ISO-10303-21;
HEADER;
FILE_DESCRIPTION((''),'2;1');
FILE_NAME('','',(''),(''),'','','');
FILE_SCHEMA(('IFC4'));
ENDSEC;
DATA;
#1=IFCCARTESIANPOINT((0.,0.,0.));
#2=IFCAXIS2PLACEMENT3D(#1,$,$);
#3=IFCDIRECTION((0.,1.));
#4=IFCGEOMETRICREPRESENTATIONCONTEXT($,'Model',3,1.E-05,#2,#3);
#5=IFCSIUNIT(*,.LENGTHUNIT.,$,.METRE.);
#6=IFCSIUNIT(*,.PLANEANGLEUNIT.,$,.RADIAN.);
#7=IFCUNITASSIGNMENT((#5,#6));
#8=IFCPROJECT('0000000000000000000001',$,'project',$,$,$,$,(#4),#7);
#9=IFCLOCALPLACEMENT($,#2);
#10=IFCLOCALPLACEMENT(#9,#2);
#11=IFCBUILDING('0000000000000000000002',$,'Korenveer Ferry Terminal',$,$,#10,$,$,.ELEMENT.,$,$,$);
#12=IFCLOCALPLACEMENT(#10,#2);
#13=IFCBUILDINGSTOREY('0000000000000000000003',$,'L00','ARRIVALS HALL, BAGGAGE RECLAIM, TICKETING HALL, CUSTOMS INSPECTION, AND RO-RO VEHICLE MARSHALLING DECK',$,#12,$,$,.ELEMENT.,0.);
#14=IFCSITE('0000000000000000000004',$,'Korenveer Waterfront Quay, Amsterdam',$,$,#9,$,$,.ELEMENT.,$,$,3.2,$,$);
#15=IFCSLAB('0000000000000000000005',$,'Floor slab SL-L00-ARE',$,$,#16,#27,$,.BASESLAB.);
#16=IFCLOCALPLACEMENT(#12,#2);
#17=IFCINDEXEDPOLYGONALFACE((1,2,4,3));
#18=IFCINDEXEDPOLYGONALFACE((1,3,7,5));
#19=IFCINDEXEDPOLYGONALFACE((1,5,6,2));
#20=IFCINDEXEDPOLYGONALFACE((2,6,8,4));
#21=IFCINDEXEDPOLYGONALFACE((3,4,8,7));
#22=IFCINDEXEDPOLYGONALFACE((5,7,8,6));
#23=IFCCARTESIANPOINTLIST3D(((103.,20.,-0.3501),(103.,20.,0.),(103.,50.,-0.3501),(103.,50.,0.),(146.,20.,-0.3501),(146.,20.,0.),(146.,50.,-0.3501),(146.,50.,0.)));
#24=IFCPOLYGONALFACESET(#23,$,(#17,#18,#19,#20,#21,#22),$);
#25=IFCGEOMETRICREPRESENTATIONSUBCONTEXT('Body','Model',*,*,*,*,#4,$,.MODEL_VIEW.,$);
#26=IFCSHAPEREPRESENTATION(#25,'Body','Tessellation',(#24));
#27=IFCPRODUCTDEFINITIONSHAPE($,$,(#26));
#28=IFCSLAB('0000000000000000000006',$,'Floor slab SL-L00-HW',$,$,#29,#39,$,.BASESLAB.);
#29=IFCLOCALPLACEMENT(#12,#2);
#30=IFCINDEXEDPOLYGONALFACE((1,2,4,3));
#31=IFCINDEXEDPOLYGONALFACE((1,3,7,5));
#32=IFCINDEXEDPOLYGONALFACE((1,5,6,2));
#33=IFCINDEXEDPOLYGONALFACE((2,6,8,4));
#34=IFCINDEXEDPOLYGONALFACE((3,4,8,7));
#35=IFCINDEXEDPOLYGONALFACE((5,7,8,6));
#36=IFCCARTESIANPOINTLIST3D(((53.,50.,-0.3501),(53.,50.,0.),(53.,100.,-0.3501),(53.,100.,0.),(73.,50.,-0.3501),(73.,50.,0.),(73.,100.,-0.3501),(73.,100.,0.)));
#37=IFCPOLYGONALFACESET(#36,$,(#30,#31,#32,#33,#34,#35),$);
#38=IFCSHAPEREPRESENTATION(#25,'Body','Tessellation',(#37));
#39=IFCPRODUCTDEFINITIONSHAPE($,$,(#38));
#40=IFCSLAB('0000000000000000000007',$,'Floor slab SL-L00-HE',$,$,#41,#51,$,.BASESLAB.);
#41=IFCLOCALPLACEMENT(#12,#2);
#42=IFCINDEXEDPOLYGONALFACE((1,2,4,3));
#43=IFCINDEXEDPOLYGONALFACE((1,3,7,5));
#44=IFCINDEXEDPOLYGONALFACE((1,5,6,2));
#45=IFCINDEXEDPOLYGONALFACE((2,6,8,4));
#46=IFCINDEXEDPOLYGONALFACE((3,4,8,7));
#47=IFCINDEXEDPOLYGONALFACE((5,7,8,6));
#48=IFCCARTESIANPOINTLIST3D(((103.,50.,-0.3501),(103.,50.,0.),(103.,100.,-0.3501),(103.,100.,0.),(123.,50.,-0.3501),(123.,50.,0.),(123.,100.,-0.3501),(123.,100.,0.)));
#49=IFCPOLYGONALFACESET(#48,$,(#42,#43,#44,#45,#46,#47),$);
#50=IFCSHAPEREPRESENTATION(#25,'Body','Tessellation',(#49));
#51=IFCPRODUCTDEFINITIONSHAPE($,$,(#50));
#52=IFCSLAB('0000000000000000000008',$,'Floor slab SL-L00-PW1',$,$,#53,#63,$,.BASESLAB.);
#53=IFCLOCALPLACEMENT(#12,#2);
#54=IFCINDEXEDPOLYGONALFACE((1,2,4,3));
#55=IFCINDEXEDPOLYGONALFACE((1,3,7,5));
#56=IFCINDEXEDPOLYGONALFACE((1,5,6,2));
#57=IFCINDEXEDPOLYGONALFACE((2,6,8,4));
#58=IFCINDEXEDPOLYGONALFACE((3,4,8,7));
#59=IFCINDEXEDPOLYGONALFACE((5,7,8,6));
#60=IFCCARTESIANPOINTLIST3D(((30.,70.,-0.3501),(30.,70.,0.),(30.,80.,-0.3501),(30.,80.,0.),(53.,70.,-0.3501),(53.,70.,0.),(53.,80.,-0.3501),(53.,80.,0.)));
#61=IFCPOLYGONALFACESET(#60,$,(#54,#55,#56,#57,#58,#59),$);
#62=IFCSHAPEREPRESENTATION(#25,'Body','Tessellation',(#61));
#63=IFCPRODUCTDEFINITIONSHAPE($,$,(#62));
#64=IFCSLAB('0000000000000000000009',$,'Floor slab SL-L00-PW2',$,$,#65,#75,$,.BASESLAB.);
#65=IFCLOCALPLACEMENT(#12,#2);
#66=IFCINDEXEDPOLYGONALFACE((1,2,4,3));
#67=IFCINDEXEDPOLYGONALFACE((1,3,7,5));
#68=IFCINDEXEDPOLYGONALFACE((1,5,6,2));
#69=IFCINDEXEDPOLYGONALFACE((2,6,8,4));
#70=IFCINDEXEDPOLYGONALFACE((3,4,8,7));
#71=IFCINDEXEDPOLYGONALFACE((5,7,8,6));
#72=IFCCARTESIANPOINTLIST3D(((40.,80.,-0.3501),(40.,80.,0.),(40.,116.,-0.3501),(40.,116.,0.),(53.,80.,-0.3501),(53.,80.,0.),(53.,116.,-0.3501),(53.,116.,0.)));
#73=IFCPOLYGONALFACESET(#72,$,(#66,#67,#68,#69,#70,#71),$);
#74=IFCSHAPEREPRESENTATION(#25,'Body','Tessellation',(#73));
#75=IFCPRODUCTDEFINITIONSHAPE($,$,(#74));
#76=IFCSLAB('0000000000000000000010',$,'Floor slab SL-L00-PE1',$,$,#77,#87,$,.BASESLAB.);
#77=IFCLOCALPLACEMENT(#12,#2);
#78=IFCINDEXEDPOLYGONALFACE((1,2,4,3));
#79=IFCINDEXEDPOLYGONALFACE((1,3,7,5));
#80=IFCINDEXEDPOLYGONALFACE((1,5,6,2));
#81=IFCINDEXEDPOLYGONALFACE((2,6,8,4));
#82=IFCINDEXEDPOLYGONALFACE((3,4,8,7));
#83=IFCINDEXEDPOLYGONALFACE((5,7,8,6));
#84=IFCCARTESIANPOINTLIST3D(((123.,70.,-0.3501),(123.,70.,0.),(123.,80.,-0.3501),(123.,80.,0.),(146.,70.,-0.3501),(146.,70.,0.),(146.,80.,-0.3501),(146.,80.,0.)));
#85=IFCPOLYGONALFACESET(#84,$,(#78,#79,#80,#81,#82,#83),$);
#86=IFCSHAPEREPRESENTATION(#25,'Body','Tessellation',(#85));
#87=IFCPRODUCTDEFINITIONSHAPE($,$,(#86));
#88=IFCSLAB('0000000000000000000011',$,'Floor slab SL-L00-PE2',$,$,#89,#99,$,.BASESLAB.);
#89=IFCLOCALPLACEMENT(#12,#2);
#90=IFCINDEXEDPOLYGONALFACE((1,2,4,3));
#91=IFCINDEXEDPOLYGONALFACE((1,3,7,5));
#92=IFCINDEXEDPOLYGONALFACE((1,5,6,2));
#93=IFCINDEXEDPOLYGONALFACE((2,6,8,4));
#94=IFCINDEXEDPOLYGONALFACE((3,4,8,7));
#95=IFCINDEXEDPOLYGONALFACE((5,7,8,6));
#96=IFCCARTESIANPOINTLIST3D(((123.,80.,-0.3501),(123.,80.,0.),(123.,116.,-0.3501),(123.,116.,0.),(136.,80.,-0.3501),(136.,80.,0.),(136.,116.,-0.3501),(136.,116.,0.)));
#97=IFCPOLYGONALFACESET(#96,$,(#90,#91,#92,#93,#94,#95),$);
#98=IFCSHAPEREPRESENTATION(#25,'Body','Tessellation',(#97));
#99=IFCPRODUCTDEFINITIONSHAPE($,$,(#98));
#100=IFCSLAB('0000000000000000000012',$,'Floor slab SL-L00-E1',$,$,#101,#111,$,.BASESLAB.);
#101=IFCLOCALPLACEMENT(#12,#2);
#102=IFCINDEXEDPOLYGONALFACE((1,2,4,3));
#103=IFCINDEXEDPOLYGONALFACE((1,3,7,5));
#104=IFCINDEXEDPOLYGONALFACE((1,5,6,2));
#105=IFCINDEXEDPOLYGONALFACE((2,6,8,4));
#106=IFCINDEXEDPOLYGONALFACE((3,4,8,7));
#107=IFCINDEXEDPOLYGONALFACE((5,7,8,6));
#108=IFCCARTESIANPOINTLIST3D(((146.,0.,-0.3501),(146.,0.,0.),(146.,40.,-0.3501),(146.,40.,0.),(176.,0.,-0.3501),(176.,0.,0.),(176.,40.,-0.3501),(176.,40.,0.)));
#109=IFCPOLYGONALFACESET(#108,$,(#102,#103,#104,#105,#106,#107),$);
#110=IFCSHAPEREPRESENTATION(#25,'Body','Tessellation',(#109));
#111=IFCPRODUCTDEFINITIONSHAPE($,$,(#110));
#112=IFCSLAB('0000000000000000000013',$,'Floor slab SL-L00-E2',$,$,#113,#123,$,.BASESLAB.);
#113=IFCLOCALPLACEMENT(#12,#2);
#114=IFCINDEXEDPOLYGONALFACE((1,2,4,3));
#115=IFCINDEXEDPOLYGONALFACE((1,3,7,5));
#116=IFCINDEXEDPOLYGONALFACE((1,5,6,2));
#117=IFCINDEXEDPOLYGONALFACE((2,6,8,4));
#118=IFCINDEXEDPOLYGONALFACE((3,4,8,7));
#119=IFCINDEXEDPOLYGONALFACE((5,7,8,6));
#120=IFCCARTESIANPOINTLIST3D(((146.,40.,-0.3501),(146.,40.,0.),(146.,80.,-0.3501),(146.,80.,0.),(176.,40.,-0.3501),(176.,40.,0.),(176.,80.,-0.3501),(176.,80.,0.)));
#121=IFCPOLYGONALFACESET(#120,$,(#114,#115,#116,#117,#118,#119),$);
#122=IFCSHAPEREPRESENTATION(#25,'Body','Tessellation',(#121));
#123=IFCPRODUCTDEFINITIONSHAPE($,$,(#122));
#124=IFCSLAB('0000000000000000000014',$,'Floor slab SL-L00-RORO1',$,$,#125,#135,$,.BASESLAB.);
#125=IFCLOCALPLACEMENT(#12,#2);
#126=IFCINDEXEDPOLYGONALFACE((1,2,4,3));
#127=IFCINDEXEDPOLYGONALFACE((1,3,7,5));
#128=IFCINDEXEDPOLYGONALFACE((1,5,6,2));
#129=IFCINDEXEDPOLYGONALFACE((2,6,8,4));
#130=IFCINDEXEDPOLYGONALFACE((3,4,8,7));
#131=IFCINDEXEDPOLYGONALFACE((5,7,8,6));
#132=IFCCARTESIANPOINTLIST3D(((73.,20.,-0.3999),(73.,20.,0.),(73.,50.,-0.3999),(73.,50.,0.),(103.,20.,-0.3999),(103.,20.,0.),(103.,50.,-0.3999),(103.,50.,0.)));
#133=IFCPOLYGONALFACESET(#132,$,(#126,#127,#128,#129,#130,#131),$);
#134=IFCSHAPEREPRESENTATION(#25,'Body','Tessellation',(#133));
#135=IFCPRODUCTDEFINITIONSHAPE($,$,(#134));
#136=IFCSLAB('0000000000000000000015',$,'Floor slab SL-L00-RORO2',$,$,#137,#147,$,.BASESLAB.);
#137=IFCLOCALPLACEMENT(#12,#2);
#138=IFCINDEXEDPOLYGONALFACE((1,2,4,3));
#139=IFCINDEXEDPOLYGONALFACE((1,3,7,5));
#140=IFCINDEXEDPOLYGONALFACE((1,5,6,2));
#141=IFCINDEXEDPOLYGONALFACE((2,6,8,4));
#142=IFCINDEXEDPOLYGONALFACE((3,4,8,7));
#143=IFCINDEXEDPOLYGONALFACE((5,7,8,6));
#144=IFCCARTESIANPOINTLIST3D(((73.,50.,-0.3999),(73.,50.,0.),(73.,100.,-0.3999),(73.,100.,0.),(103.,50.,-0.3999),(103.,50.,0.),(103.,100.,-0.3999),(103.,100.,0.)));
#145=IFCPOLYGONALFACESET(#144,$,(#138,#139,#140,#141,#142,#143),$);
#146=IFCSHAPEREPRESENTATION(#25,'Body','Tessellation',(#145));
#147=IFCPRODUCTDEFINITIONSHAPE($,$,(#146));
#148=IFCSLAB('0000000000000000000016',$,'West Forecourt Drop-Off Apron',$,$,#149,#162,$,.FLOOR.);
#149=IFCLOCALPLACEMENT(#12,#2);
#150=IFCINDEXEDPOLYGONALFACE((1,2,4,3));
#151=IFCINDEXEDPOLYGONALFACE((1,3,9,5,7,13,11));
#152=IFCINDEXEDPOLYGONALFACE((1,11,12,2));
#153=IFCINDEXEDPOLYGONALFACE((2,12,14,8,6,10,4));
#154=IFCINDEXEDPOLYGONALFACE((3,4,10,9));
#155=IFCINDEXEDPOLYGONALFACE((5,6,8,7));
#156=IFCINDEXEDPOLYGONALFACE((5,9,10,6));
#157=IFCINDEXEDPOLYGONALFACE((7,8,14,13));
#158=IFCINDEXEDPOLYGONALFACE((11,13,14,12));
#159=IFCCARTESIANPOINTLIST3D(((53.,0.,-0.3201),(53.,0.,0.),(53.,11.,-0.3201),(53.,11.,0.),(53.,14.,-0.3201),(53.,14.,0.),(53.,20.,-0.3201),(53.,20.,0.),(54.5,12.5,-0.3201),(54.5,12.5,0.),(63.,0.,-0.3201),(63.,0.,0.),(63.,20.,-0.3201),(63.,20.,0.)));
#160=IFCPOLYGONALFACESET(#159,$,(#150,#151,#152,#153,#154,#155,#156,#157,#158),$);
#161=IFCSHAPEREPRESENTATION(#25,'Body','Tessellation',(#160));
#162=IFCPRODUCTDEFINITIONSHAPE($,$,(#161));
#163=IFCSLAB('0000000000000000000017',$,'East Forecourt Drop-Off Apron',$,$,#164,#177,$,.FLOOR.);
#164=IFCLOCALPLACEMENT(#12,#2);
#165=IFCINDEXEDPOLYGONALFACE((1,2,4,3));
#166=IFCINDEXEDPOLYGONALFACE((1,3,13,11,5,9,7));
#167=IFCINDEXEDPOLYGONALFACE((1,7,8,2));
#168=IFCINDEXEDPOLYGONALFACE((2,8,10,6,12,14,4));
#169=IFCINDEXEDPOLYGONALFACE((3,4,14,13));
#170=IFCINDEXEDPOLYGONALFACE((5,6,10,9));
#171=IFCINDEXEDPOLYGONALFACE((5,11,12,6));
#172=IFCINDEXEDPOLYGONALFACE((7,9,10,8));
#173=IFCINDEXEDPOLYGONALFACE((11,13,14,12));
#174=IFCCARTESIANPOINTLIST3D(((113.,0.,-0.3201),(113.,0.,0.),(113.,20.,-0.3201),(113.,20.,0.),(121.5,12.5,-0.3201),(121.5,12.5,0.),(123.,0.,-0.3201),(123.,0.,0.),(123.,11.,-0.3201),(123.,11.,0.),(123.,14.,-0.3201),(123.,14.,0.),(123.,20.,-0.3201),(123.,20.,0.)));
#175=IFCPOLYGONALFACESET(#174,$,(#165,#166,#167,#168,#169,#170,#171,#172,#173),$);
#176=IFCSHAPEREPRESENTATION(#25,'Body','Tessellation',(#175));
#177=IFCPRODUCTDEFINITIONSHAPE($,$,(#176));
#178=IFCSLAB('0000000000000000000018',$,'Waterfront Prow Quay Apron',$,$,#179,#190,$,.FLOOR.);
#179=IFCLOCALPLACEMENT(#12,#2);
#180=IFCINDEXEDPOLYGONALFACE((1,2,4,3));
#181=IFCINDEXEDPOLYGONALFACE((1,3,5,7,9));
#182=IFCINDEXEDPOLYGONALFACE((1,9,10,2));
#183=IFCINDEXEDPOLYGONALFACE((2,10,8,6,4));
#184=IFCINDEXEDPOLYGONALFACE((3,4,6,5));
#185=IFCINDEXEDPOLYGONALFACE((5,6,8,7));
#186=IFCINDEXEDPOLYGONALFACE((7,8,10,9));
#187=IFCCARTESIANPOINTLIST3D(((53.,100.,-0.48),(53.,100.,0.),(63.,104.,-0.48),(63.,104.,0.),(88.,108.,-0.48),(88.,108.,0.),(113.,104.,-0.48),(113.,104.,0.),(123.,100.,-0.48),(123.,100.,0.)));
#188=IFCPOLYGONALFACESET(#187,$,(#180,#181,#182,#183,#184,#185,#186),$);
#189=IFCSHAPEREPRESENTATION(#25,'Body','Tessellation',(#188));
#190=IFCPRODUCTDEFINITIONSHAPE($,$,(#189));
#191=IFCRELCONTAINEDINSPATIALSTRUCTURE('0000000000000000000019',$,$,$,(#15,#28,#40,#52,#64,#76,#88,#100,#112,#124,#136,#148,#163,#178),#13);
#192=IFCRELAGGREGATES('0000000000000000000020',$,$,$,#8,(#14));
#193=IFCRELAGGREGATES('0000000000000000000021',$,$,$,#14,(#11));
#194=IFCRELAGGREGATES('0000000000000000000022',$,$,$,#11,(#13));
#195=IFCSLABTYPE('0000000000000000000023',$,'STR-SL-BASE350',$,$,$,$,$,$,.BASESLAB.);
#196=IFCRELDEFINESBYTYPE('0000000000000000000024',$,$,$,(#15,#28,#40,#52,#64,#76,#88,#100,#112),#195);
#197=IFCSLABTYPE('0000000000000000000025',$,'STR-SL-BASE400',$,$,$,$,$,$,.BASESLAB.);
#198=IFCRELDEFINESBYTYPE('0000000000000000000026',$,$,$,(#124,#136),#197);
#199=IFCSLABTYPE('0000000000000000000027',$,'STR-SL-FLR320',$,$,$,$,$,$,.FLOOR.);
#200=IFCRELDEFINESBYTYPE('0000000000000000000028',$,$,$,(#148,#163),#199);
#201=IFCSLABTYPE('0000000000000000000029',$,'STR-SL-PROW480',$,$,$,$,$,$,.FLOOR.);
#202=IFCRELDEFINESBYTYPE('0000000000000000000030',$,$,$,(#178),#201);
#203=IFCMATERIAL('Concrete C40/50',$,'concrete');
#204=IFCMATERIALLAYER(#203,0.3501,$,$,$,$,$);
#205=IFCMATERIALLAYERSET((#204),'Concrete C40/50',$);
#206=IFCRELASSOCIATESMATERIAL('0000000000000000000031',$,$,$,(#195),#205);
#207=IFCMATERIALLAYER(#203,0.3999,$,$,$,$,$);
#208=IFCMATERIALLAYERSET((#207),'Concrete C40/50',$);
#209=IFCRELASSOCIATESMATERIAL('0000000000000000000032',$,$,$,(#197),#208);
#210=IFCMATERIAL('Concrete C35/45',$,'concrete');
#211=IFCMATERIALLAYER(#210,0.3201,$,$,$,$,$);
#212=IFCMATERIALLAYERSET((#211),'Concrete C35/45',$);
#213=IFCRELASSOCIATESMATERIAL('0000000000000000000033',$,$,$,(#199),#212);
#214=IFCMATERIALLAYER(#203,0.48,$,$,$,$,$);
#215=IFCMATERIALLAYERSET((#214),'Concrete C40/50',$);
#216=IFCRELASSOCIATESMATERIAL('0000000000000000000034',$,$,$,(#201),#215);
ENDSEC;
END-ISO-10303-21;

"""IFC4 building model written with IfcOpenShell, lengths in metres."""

from ifc_helpers import new_model, si_unit, direction, frame, origin, place, context, subcontext, project, spatial, polyline, outline, extrude, material, layer, layer_set, type_object, element, save


model = new_model("IFC4")

# Units and contexts
model_context = context("Model", 3, precision=1e-05, world=origin(), true_north=direction((0.0, 1.0)))
body_context = subcontext(model_context, "Body", "Model", "MODEL_VIEW")
ifc_project = project(units=[si_unit("LENGTHUNIT", "METRE"), si_unit("PLANEANGLEUNIT", "RADIAN")], contexts=[model_context])

# Site, building, storey
site_placement = place(None, origin())
site = spatial("IfcSite", under=ifc_project, at=site_placement, Name="Korenveer Waterfront Quay, Amsterdam", CompositionType="ELEMENT", RefElevation=3.2)
building_placement = place(site_placement, origin())
building = spatial("IfcBuilding", under=site, at=building_placement, Name="Korenveer Ferry Terminal", CompositionType="ELEMENT")
storey_placement = place(building_placement, origin())
storey = spatial("IfcBuildingStorey", under=building, at=storey_placement, Name="L00", Description="ARRIVALS HALL, BAGGAGE RECLAIM, TICKETING HALL, CUSTOMS INSPECTION, AND RO-RO VEHICLE MARSHALLING DECK", CompositionType="ELEMENT", Elevation=0.0)

# Shared definitions
ifc_material_1 = material(Name="Concrete C40/50", Category="concrete")

# Slabs
ifc_layer_1 = layer(ifc_material_1, 0.3501)
ifc_layer_set_1 = layer_set([ifc_layer_1], Name="Concrete C40/50")
slab_type_1 = type_object("IfcSlabType", Name="STR-SL-BASE350", PredefinedType="BASESLAB", material=ifc_layer_set_1)
slab_1_placement = place(storey_placement, frame((0.0, 0.0, -0.3501)))
element("IfcSlab", 1, at=slab_1_placement, inside=storey, type_object=slab_type_1, Name="Floor slab SL-L00-ARE", PredefinedType="BASESLAB", context=body_context, shape_type="SweptSolid", body=[
    extrude(outline(polyline([(103.0, 20.0), (146.0, 20.0), (146.0, 50.0), (103.0, 50.0), (103.0, 20.0)])), origin(), (0.0, 0.0, 1.0), 0.3501),
])
slab_2_placement = place(storey_placement, frame((0.0, 0.0, -0.3501)))
element("IfcSlab", 2, at=slab_2_placement, inside=storey, type_object=slab_type_1, Name="Floor slab SL-L00-HW", PredefinedType="BASESLAB", context=body_context, shape_type="SweptSolid", body=[
    extrude(outline(polyline([(53.0, 50.0), (73.0, 50.0), (73.0, 100.0), (53.0, 100.0), (53.0, 50.0)])), origin(), (0.0, 0.0, 1.0), 0.3501),
])
slab_3_placement = place(storey_placement, frame((0.0, 0.0, -0.3501)))
element("IfcSlab", 3, at=slab_3_placement, inside=storey, type_object=slab_type_1, Name="Floor slab SL-L00-HE", PredefinedType="BASESLAB", context=body_context, shape_type="SweptSolid", body=[
    extrude(outline(polyline([(103.0, 50.0), (123.0, 50.0), (123.0, 100.0), (103.0, 100.0), (103.0, 50.0)])), origin(), (0.0, 0.0, 1.0), 0.3501),
])
slab_4_placement = place(storey_placement, frame((0.0, 0.0, -0.3501)))
element("IfcSlab", 4, at=slab_4_placement, inside=storey, type_object=slab_type_1, Name="Floor slab SL-L00-PW1", PredefinedType="BASESLAB", context=body_context, shape_type="SweptSolid", body=[
    extrude(outline(polyline([(30.0, 70.0), (53.0, 70.0), (53.0, 80.0), (30.0, 80.0), (30.0, 70.0)])), origin(), (0.0, 0.0, 1.0), 0.3501),
])
slab_5_placement = place(storey_placement, frame((0.0, 0.0, -0.3501)))
element("IfcSlab", 5, at=slab_5_placement, inside=storey, type_object=slab_type_1, Name="Floor slab SL-L00-PW2", PredefinedType="BASESLAB", context=body_context, shape_type="SweptSolid", body=[
    extrude(outline(polyline([(40.0, 80.0), (53.0, 80.0), (53.0, 116.0), (40.0, 116.0), (40.0, 80.0)])), origin(), (0.0, 0.0, 1.0), 0.3501),
])
slab_6_placement = place(storey_placement, frame((0.0, 0.0, -0.3501)))
element("IfcSlab", 6, at=slab_6_placement, inside=storey, type_object=slab_type_1, Name="Floor slab SL-L00-PE1", PredefinedType="BASESLAB", context=body_context, shape_type="SweptSolid", body=[
    extrude(outline(polyline([(123.0, 70.0), (146.0, 70.0), (146.0, 80.0), (123.0, 80.0), (123.0, 70.0)])), origin(), (0.0, 0.0, 1.0), 0.3501),
])
slab_7_placement = place(storey_placement, frame((0.0, 0.0, -0.3501)))
element("IfcSlab", 7, at=slab_7_placement, inside=storey, type_object=slab_type_1, Name="Floor slab SL-L00-PE2", PredefinedType="BASESLAB", context=body_context, shape_type="SweptSolid", body=[
    extrude(outline(polyline([(123.0, 80.0), (136.0, 80.0), (136.0, 116.0), (123.0, 116.0), (123.0, 80.0)])), origin(), (0.0, 0.0, 1.0), 0.3501),
])
slab_8_placement = place(storey_placement, frame((0.0, 0.0, -0.3501)))
element("IfcSlab", 8, at=slab_8_placement, inside=storey, type_object=slab_type_1, Name="Floor slab SL-L00-E1", PredefinedType="BASESLAB", context=body_context, shape_type="SweptSolid", body=[
    extrude(outline(polyline([(146.0, 0.0), (176.0, 0.0), (176.0, 40.0), (146.0, 40.0), (146.0, 0.0)])), origin(), (0.0, 0.0, 1.0), 0.3501),
])
slab_9_placement = place(storey_placement, frame((0.0, 0.0, -0.3501)))
element("IfcSlab", 9, at=slab_9_placement, inside=storey, type_object=slab_type_1, Name="Floor slab SL-L00-E2", PredefinedType="BASESLAB", context=body_context, shape_type="SweptSolid", body=[
    extrude(outline(polyline([(146.0, 40.0), (176.0, 40.0), (176.0, 80.0), (146.0, 80.0), (146.0, 40.0)])), origin(), (0.0, 0.0, 1.0), 0.3501),
])
ifc_layer_2 = layer(ifc_material_1, 0.3999)
ifc_layer_set_2 = layer_set([ifc_layer_2], Name="Concrete C40/50")
slab_type_2 = type_object("IfcSlabType", Name="STR-SL-BASE400", PredefinedType="BASESLAB", material=ifc_layer_set_2)
slab_10_placement = place(storey_placement, frame((0.0, 0.0, -0.3999)))
element("IfcSlab", 10, at=slab_10_placement, inside=storey, type_object=slab_type_2, Name="Floor slab SL-L00-RORO1", PredefinedType="BASESLAB", context=body_context, shape_type="SweptSolid", body=[
    extrude(outline(polyline([(73.0, 20.0), (103.0, 20.0), (103.0, 50.0), (73.0, 50.0), (73.0, 20.0)])), origin(), (0.0, 0.0, 1.0), 0.3999),
])
slab_11_placement = place(storey_placement, frame((0.0, 0.0, -0.3999)))
element("IfcSlab", 11, at=slab_11_placement, inside=storey, type_object=slab_type_2, Name="Floor slab SL-L00-RORO2", PredefinedType="BASESLAB", context=body_context, shape_type="SweptSolid", body=[
    extrude(outline(polyline([(73.0, 50.0), (103.0, 50.0), (103.0, 100.0), (73.0, 100.0), (73.0, 50.0)])), origin(), (0.0, 0.0, 1.0), 0.3999),
])
ifc_material_2 = material(Name="Concrete C35/45", Category="concrete")
ifc_layer_3 = layer(ifc_material_2, 0.3201)
ifc_layer_set_3 = layer_set([ifc_layer_3], Name="Concrete C35/45")
slab_type_3 = type_object("IfcSlabType", Name="STR-SL-FLR320", PredefinedType="FLOOR", material=ifc_layer_set_3)
slab_12_placement = place(storey_placement, frame((0.0, 0.0, -0.3201)))
element("IfcSlab", 12, at=slab_12_placement, inside=storey, type_object=slab_type_3, Name="West Forecourt Drop-Off Apron", PredefinedType="FLOOR", context=body_context, shape_type="SweptSolid", body=[
    extrude(outline(polyline([(53.0, 0.0), (63.0, 0.0), (63.0, 20.0), (53.0, 20.0), (53.0, 14.0), (54.5, 12.5), (53.0, 11.0), (53.0, 0.0)])), origin(), (0.0, 0.0, 1.0), 0.3201),
])
slab_13_placement = place(storey_placement, frame((0.0, 0.0, -0.3201)))
element("IfcSlab", 13, at=slab_13_placement, inside=storey, type_object=slab_type_3, Name="East Forecourt Drop-Off Apron", PredefinedType="FLOOR", context=body_context, shape_type="SweptSolid", body=[
    extrude(outline(polyline([(113.0, 0.0), (123.0, 0.0), (123.0, 11.0), (121.5, 12.5), (123.0, 14.0), (123.0, 20.0), (113.0, 20.0), (113.0, 0.0)])), origin(), (0.0, 0.0, 1.0), 0.3201),
])
ifc_layer_4 = layer(ifc_material_1, 0.48)
ifc_layer_set_4 = layer_set([ifc_layer_4], Name="Concrete C40/50")
slab_type_4 = type_object("IfcSlabType", Name="STR-SL-PROW480", PredefinedType="FLOOR", material=ifc_layer_set_4)
slab_14_placement = place(storey_placement, frame((0.0, 0.0, -0.48)))
element("IfcSlab", 14, at=slab_14_placement, inside=storey, type_object=slab_type_4, Name="Waterfront Prow Quay Apron", PredefinedType="FLOOR", context=body_context, shape_type="SweptSolid", body=[
    extrude(outline(polyline([(53.0, 100.0), (123.0, 100.0), (113.0, 104.0), (88.0, 108.0), (63.0, 104.0), (53.0, 100.0)])), origin(), (0.0, 0.0, 1.0), 0.48),
])

save(model, "model.ifc")
